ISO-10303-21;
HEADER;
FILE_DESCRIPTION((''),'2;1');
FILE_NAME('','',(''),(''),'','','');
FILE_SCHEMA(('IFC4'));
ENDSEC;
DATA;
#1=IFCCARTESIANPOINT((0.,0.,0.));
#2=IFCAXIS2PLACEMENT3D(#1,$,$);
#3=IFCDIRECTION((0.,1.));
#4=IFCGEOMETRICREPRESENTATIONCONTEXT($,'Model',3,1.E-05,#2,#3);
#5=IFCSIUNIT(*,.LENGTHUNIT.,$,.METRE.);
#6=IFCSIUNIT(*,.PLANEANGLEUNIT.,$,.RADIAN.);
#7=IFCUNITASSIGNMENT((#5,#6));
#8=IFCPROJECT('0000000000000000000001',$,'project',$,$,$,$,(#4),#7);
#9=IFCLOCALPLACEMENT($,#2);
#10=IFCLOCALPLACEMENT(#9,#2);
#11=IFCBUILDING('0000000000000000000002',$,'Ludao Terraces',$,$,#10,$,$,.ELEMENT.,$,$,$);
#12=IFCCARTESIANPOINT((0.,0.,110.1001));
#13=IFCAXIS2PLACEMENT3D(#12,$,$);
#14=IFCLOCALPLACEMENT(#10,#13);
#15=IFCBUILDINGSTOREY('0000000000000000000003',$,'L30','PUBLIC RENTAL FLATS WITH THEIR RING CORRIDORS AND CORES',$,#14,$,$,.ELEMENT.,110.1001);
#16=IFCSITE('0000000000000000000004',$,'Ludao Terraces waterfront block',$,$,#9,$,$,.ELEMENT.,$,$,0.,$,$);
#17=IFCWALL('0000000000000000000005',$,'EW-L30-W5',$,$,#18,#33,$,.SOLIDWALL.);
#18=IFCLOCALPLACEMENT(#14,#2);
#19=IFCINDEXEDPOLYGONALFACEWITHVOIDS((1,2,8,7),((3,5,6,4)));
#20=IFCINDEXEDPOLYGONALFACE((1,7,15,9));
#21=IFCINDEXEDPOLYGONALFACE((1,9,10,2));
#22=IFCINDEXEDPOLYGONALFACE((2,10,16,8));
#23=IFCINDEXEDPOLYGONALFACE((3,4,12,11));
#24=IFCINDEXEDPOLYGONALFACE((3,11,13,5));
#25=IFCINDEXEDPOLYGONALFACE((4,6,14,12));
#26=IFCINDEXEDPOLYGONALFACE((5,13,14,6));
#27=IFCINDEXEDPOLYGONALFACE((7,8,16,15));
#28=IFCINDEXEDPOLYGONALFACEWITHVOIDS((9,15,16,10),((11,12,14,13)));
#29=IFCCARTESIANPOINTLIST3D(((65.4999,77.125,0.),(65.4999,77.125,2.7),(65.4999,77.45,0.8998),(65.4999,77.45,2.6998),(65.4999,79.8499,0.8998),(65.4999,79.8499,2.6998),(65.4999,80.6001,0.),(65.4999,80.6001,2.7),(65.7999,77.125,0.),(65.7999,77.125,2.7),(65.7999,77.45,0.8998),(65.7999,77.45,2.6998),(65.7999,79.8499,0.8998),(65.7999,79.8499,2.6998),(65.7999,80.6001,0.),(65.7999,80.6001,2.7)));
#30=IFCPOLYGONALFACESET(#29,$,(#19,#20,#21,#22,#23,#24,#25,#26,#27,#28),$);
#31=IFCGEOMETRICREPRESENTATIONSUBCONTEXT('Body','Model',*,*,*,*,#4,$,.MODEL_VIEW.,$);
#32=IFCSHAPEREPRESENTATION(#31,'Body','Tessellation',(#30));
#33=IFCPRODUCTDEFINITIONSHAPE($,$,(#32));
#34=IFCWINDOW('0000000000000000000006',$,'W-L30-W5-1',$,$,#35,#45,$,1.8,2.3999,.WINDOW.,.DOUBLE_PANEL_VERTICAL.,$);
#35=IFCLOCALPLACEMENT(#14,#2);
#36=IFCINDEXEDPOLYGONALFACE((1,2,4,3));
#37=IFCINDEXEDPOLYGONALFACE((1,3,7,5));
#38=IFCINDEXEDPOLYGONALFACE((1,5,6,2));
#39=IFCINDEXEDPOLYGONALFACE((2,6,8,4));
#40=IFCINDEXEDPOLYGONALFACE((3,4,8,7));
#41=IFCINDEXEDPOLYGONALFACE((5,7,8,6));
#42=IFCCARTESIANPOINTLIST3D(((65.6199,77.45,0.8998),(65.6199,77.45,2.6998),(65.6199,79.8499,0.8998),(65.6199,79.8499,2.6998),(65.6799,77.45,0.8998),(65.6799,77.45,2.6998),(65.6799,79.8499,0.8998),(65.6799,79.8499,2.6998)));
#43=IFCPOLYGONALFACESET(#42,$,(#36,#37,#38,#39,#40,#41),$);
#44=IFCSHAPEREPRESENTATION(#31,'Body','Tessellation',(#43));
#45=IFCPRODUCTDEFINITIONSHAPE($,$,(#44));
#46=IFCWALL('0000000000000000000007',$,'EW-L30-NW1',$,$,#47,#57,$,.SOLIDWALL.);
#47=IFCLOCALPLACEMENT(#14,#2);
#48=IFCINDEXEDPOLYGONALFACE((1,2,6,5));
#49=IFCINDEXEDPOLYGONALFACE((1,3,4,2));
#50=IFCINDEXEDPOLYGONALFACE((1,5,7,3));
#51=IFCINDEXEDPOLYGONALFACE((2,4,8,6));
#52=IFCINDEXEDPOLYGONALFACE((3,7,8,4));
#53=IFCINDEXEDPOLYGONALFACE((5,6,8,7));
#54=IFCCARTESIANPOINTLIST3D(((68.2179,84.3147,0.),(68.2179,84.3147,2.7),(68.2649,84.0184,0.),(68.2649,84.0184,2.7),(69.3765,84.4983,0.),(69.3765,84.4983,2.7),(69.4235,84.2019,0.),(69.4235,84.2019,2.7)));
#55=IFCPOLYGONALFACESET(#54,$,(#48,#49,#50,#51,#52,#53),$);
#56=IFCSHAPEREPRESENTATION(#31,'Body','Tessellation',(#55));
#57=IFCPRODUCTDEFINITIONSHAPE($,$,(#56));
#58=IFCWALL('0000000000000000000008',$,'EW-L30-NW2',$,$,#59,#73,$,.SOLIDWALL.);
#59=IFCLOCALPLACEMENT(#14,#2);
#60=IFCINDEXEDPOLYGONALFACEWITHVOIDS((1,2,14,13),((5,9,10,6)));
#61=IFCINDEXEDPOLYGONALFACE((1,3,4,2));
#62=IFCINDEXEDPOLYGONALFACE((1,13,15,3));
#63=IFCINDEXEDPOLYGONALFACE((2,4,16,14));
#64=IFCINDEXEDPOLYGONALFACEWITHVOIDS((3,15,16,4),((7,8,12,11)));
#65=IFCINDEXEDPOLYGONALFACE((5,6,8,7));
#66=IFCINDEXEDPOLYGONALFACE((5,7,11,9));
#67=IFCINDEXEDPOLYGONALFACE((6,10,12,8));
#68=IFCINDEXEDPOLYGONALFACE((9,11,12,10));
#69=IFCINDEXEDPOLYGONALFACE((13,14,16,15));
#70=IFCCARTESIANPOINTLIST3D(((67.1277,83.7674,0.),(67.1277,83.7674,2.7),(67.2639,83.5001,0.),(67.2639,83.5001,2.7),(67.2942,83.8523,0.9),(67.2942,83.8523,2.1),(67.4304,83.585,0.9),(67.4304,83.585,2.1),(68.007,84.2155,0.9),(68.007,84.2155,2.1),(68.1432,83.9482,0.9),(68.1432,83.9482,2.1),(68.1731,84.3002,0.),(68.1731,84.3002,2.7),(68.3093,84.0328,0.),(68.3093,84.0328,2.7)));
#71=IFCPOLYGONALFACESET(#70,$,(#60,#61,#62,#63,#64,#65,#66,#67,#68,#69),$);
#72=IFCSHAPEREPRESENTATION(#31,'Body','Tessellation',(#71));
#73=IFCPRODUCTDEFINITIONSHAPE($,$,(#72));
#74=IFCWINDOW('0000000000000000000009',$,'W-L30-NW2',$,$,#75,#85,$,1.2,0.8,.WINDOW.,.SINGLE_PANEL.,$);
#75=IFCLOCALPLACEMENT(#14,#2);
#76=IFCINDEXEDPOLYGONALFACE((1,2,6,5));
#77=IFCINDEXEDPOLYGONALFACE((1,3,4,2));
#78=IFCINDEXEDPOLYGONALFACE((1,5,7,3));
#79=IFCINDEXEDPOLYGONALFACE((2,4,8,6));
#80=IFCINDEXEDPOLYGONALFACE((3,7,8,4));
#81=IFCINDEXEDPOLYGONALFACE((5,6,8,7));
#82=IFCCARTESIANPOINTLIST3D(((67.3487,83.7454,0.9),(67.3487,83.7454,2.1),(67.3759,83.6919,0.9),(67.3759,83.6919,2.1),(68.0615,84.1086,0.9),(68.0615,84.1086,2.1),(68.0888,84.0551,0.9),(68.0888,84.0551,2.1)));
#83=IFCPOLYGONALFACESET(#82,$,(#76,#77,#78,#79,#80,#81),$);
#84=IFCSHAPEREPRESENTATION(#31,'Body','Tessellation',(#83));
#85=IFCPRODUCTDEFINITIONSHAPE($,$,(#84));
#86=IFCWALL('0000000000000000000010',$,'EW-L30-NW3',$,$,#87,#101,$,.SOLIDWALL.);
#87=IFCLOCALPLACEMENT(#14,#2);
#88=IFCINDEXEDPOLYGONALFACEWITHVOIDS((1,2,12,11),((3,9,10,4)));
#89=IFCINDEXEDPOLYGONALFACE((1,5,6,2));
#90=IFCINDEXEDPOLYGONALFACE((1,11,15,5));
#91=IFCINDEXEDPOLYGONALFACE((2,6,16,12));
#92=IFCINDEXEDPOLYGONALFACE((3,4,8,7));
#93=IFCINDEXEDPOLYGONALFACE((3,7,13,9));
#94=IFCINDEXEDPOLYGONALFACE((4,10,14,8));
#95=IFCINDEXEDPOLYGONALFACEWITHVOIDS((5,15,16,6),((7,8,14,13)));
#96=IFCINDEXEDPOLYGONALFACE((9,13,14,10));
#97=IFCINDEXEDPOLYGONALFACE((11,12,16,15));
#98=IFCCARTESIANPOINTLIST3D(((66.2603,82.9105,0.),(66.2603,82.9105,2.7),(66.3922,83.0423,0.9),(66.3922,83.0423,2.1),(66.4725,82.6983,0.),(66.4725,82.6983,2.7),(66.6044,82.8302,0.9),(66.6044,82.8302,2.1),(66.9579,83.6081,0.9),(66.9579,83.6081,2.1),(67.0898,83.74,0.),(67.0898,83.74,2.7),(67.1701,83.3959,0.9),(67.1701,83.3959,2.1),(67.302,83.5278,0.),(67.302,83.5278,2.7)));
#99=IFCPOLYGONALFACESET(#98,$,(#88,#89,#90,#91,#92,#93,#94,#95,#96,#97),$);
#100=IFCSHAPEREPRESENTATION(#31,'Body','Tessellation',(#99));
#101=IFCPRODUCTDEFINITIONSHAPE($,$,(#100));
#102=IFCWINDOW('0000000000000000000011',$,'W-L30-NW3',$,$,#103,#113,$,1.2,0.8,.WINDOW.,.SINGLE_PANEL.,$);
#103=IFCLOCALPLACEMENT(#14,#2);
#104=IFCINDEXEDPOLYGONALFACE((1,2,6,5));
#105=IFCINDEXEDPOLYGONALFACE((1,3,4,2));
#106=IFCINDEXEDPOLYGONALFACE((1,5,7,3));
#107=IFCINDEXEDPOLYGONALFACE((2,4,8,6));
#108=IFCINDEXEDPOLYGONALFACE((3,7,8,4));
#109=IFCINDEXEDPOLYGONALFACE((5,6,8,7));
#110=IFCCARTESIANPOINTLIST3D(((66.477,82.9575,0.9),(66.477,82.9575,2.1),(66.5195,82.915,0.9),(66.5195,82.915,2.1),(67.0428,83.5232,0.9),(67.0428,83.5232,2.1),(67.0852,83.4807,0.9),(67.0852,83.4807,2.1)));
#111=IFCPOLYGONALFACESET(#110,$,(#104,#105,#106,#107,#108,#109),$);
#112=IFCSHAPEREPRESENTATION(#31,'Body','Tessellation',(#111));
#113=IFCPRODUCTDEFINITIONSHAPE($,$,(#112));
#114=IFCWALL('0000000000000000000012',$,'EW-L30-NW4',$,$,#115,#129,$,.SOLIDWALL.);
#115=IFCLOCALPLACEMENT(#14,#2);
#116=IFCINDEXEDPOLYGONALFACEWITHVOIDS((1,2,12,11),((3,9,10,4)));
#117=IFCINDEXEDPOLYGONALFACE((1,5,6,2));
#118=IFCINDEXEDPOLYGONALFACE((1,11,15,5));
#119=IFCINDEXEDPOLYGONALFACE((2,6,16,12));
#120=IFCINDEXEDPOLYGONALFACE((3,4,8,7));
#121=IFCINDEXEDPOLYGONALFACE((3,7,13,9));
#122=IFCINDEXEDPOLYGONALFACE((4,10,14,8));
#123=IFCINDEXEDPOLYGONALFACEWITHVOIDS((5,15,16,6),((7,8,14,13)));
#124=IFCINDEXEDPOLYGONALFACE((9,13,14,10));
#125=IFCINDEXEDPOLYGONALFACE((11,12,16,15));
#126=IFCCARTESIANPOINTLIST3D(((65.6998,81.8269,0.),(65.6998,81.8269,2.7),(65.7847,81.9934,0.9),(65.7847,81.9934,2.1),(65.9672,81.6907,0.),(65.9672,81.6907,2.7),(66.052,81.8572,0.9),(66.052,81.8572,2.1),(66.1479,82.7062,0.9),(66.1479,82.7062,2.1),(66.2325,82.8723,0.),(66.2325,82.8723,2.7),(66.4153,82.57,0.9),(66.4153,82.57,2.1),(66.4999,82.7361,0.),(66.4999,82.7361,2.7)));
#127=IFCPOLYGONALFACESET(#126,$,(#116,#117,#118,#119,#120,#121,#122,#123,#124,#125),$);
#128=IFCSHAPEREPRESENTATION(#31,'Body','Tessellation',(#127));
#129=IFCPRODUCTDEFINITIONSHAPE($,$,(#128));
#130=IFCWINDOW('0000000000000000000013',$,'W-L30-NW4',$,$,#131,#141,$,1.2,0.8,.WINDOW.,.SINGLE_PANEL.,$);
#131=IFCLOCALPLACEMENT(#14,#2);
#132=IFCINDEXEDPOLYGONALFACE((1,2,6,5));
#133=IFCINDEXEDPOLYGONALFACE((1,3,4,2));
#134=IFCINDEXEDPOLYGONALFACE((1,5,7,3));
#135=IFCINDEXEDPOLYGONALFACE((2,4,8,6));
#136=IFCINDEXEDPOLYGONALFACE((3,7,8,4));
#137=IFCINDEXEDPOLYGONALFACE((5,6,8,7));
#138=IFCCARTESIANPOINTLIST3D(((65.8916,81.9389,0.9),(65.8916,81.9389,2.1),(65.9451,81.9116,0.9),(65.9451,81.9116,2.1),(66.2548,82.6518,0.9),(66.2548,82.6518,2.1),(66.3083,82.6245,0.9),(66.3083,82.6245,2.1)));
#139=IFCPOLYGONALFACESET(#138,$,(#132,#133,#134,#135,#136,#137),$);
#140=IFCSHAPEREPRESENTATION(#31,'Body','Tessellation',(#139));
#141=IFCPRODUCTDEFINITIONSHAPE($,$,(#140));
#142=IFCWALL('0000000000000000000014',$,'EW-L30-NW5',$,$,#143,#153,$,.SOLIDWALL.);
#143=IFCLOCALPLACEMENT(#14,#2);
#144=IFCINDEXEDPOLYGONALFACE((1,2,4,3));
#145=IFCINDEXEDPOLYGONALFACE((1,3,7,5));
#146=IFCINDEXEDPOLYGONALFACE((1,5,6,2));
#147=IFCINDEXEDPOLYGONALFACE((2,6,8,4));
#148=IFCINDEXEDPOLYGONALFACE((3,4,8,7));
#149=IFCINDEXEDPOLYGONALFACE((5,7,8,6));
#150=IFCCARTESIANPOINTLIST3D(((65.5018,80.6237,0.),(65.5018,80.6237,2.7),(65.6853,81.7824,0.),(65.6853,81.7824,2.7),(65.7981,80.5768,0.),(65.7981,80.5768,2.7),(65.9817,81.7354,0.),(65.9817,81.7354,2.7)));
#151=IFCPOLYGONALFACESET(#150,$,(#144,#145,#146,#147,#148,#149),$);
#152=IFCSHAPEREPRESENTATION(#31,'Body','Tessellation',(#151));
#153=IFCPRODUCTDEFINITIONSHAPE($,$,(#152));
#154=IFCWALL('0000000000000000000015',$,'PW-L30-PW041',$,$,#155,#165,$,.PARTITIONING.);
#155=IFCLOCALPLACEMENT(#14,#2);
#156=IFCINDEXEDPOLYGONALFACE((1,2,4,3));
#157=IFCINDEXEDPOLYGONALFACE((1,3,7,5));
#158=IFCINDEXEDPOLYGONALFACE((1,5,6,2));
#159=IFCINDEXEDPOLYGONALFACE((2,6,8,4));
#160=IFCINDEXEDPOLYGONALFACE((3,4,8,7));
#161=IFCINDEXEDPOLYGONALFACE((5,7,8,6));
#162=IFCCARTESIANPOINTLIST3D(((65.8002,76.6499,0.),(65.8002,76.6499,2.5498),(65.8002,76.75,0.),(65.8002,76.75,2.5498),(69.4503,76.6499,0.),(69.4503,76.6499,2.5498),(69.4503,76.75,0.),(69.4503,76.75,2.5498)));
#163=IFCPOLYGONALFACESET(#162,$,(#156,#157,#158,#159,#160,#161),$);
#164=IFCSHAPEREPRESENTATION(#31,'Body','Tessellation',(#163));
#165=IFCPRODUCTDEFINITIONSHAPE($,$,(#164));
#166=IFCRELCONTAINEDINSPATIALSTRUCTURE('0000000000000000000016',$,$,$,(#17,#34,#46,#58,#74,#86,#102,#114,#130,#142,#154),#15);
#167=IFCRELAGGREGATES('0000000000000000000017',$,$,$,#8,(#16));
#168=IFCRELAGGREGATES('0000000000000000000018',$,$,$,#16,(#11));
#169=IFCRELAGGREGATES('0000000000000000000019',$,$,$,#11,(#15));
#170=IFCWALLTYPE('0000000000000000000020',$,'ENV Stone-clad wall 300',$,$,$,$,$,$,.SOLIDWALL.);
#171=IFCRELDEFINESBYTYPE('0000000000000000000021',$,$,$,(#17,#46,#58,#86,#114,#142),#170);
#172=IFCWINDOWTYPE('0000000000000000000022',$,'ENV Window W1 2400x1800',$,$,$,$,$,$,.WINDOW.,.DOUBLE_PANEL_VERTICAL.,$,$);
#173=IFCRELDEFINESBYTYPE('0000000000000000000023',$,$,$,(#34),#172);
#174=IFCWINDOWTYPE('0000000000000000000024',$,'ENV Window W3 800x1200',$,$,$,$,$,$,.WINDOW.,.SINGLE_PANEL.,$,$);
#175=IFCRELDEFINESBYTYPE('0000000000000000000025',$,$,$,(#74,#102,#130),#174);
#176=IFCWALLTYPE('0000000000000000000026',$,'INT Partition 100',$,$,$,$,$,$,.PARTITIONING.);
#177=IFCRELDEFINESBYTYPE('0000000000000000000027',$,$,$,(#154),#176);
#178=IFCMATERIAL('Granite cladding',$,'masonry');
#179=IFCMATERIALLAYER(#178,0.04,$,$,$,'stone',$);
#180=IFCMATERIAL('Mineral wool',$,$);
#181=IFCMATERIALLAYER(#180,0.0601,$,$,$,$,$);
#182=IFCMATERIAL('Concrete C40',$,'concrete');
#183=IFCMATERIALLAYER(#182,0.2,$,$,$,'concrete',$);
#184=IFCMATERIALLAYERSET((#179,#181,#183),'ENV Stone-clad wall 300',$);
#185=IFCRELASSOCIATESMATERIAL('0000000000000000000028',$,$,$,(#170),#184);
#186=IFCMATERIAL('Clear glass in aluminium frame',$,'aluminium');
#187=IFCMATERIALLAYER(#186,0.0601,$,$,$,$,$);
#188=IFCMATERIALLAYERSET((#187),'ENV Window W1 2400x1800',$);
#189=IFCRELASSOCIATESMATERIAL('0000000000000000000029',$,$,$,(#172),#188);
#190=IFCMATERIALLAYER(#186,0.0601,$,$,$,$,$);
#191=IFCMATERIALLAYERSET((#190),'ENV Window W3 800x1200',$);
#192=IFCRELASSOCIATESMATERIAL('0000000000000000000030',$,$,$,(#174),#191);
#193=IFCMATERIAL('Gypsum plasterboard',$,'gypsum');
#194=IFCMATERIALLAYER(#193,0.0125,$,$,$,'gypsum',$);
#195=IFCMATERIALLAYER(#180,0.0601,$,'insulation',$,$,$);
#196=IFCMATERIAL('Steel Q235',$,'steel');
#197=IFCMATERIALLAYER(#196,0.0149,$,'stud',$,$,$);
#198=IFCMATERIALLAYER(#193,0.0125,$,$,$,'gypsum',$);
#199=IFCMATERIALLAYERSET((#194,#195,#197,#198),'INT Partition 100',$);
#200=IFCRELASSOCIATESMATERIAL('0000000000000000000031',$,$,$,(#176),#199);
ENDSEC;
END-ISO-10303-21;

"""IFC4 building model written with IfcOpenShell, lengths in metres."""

from ifc_helpers import new_model, si_unit, direction, frame, frame_2d, origin, place, context, subcontext, project, spatial, rectangle, extrude, material, layer, layer_set, type_object, element, fill, save


model = new_model("IFC4")

# Units and contexts
model_context = context("Model", 3, precision=1e-05, world=origin(), true_north=direction((0.0, 1.0)))
body_context = subcontext(model_context, "Body", "Model", "MODEL_VIEW")
ifc_project = project(units=[si_unit("LENGTHUNIT", "METRE"), si_unit("PLANEANGLEUNIT", "RADIAN")], contexts=[model_context])

# Site, building, storey
site_placement = place(None, origin())
site = spatial("IfcSite", under=ifc_project, at=site_placement, Name="Ludao Terraces waterfront block", CompositionType="ELEMENT", RefElevation=0.0)
building_placement = place(site_placement, origin())
building = spatial("IfcBuilding", under=site, at=building_placement, Name="Ludao Terraces", CompositionType="ELEMENT")
storey_placement = place(building_placement, frame((0.0, 0.0, 110.1001)))
storey = spatial("IfcBuildingStorey", under=building, at=storey_placement, Name="L30", Description="PUBLIC RENTAL FLATS WITH THEIR RING CORRIDORS AND CORES", CompositionType="ELEMENT", Elevation=110.1001)

# Shared definitions
ifc_material_1 = material(Name="Concrete C40", Category="concrete")

# Shared definitions
ifc_material_2 = material(Name="Steel Q235", Category="steel")

# Shared definitions
ifc_material_3 = material(Name="Granite cladding", Category="masonry")
ifc_layer_1 = layer(ifc_material_3, 0.04, Category="stone")
ifc_material_4 = material(Name="Mineral wool")
ifc_layer_2 = layer(ifc_material_4, 0.0601)
ifc_layer_3 = layer(ifc_material_1, 0.2, Category="concrete")
ifc_layer_set_1 = layer_set([ifc_layer_1, ifc_layer_2, ifc_layer_3], Name="ENV Stone-clad wall 300")
wall_type_1 = type_object("IfcWallType", Name="ENV Stone-clad wall 300", PredefinedType="SOLIDWALL", material=ifc_layer_set_1)
ifc_material_5 = material(Name="Clear glass in aluminium frame", Category="aluminium")
ifc_layer_4 = layer(ifc_material_5, 0.0601)
ifc_layer_set_2 = layer_set([ifc_layer_4], Name="ENV Window W1 2400x1800")
window_type_1 = type_object("IfcWindowType", Name="ENV Window W1 2400x1800", PartitioningType="DOUBLE_PANEL_VERTICAL", PredefinedType="WINDOW", material=ifc_layer_set_2)

# Wall, opening, window
wall_1_placement = place(storey_placement, frame((65.6499, 77.125, 0.0), z_axis=(0.0, 0.0, 1.0), x_axis=(0.0, 1.0, 0.0)))
wall_1 = element("IfcWall", 1, at=wall_1_placement, inside=storey, type_object=wall_type_1, Name="EW-L30-W5", PredefinedType="SOLIDWALL", context=body_context, shape_type="SweptSolid", body=[
    extrude(rectangle(XDim=3.4751, YDim=0.3, at=frame_2d((1.7375, 0.0))), origin(), (0.0, 0.0, 1.0), 2.7),
])
opening_1_placement = place(wall_1_placement, frame((0.325, 0.0, 0.8999)))
opening_1 = element("IfcOpeningElement", 2, at=opening_1_placement, cuts=wall_1, PredefinedType="OPENING", context=body_context, shape_type="SweptSolid", body=[
    extrude(rectangle(XDim=2.3999, YDim=1.8, at=frame_2d((1.2, 0.8999))), frame((0.0, 0.1602, 0.0), z_axis=(0.0, -1.0, 0.0), x_axis=(1.0, 0.0, 0.0)), (0.0, 0.0, 1.0), 0.3201),
])
window_1_placement = place(opening_1_placement, origin())
window_1 = element("IfcWindow", 3, at=window_1_placement, inside=storey, type_object=window_type_1, Name="W-L30-W5-1", OverallHeight=1.8, OverallWidth=2.3999, PartitioningType="DOUBLE_PANEL_VERTICAL", PredefinedType="WINDOW", context=body_context, shape_type="SweptSolid", body=[
    extrude(rectangle(XDim=2.3999, YDim=1.8, at=frame_2d((1.2, 0.8999))), frame((0.0, 0.03, 0.0), z_axis=(0.0, -1.0, 0.0), x_axis=(1.0, 0.0, 0.0)), (0.0, 0.0, 1.0), 0.0601),
])
fill(opening_1, window_1)

# Wall
wall_2_placement = place(storey_placement, frame((69.3999, 84.3501, 0.0), z_axis=(0.0, 0.0, 1.0), x_axis=(-0.987678, -0.156497, 0.0)))
element("IfcWall", 4, at=wall_2_placement, inside=storey, type_object=wall_type_1, Name="EW-L30-NW1", PredefinedType="SOLIDWALL", context=body_context, shape_type="SweptSolid", body=[
    extrude(rectangle(XDim=1.1731, YDim=0.3, at=frame_2d((0.5864, 0.0))), origin(), (0.0, 0.0, 1.0), 2.7),
])

# Walls, openings, windows
wall_3_placement = place(storey_placement, frame((68.2412, 84.1665, 0.0), z_axis=(0.0, 0.0, 1.0), x_axis=(-0.890989, -0.454026, 0.0)))
wall_3 = element("IfcWall", 5, at=wall_3_placement, inside=storey, type_object=wall_type_1, Name="EW-L30-NW2", PredefinedType="SOLIDWALL", context=body_context, shape_type="SweptSolid", body=[
    extrude(rectangle(XDim=1.1733, YDim=0.3, at=frame_2d((0.5867, 0.0))), origin(), (0.0, 0.0, 1.0), 2.7),
])
opening_2_placement = place(wall_3_placement, frame((0.1865, 0.0, 0.8999)))
opening_2 = element("IfcOpeningElement", 6, at=opening_2_placement, cuts=wall_3, PredefinedType="OPENING", context=body_context, shape_type="SweptSolid", body=[
    extrude(rectangle(XDim=0.8, YDim=1.2, at=frame_2d((0.3999, 0.6001))), frame((0.0, 0.1602, 0.0), z_axis=(0.0, -1.0, 0.0), x_axis=(1.0, 0.0, 0.0)), (0.0, 0.0, 1.0), 0.3201),
])
ifc_layer_5 = layer(ifc_material_5, 0.0601)
ifc_layer_set_3 = layer_set([ifc_layer_5], Name="ENV Window W3 800x1200")
window_type_2 = type_object("IfcWindowType", Name="ENV Window W3 800x1200", PartitioningType="SINGLE_PANEL", PredefinedType="WINDOW", material=ifc_layer_set_3)
window_2_placement = place(opening_2_placement, origin())
window_2 = element("IfcWindow", 7, at=window_2_placement, inside=storey, type_object=window_type_2, Name="W-L30-NW2", OverallHeight=1.2, OverallWidth=0.8, PartitioningType="SINGLE_PANEL", PredefinedType="WINDOW", context=body_context, shape_type="SweptSolid", body=[
    extrude(rectangle(XDim=0.8, YDim=1.2, at=frame_2d((0.3999, 0.6001))), frame((0.0, 0.03, 0.0), z_axis=(0.0, -1.0, 0.0), x_axis=(1.0, 0.0, 0.0)), (0.0, 0.0, 1.0), 0.0601),
])
fill(opening_2, window_2)
wall_4_placement = place(storey_placement, frame((67.1958, 83.6338, 0.0), z_axis=(0.0, 0.0, 1.0), x_axis=(-0.707107, -0.707107, 0.0)))
wall_4 = element("IfcWall", 8, at=wall_4_placement, inside=storey, type_object=wall_type_1, Name="EW-L30-NW3", PredefinedType="SOLIDWALL", context=body_context, shape_type="SweptSolid", body=[
    extrude(rectangle(XDim=1.1731, YDim=0.3, at=frame_2d((0.5864, 0.0))), origin(), (0.0, 0.0, 1.0), 2.7),
])
opening_3_placement = place(wall_4_placement, frame((0.1865, 0.0, 0.8999)))
opening_3 = element("IfcOpeningElement", 9, at=opening_3_placement, cuts=wall_4, PredefinedType="OPENING", context=body_context, shape_type="SweptSolid", body=[
    extrude(rectangle(XDim=0.8, YDim=1.2, at=frame_2d((0.3999, 0.6001))), frame((0.0, 0.1602, 0.0), z_axis=(0.0, -1.0, 0.0), x_axis=(1.0, 0.0, 0.0)), (0.0, 0.0, 1.0), 0.3201),
])
window_3_placement = place(opening_3_placement, origin())
window_3 = element("IfcWindow", 10, at=window_3_placement, inside=storey, type_object=window_type_2, Name="W-L30-NW3", OverallHeight=1.2, OverallWidth=0.8, PartitioningType="SINGLE_PANEL", PredefinedType="WINDOW", context=body_context, shape_type="SweptSolid", body=[
    extrude(rectangle(XDim=0.8, YDim=1.2, at=frame_2d((0.3999, 0.6001))), frame((0.0, 0.03, 0.0), z_axis=(0.0, -1.0, 0.0), x_axis=(1.0, 0.0, 0.0)), (0.0, 0.0, 1.0), 0.0601),
])
fill(opening_3, window_3)
wall_5_placement = place(storey_placement, frame((66.3662, 82.8042, 0.0), z_axis=(0.0, 0.0, 1.0), x_axis=(-0.454026, -0.890989, 0.0)))
wall_5 = element("IfcWall", 11, at=wall_5_placement, inside=storey, type_object=wall_type_1, Name="EW-L30-NW4", PredefinedType="SOLIDWALL", context=body_context, shape_type="SweptSolid", body=[
    extrude(rectangle(XDim=1.1733, YDim=0.3, at=frame_2d((0.5867, 0.0))), origin(), (0.0, 0.0, 1.0), 2.7),
])
opening_4_placement = place(wall_5_placement, frame((0.1865, 0.0, 0.8999)))
opening_4 = element("IfcOpeningElement", 12, at=opening_4_placement, cuts=wall_5, PredefinedType="OPENING", context=body_context, shape_type="SweptSolid", body=[
    extrude(rectangle(XDim=0.8, YDim=1.2, at=frame_2d((0.3999, 0.6001))), frame((0.0, 0.1602, 0.0), z_axis=(0.0, -1.0, 0.0), x_axis=(1.0, 0.0, 0.0)), (0.0, 0.0, 1.0), 0.3201),
])
window_4_placement = place(opening_4_placement, origin())
window_4 = element("IfcWindow", 13, at=window_4_placement, inside=storey, type_object=window_type_2, Name="W-L30-NW4", OverallHeight=1.2, OverallWidth=0.8, PartitioningType="SINGLE_PANEL", PredefinedType="WINDOW", context=body_context, shape_type="SweptSolid", body=[
    extrude(rectangle(XDim=0.8, YDim=1.2, at=frame_2d((0.3999, 0.6001))), frame((0.0, 0.03, 0.0), z_axis=(0.0, -1.0, 0.0), x_axis=(1.0, 0.0, 0.0)), (0.0, 0.0, 1.0), 0.0601),
])
fill(opening_4, window_4)

# Walls
wall_6_placement = place(storey_placement, frame((65.8335, 81.7588, 0.0), z_axis=(0.0, 0.0, 1.0), x_axis=(-0.156497, -0.987678, 0.0)))
element("IfcWall", 14, at=wall_6_placement, inside=storey, type_object=wall_type_1, Name="EW-L30-NW5", PredefinedType="SOLIDWALL", context=body_context, shape_type="SweptSolid", body=[
    extrude(rectangle(XDim=1.1731, YDim=0.3, at=frame_2d((0.5864, 0.0))), origin(), (0.0, 0.0, 1.0), 2.7),
])
ifc_material_6 = material(Name="Gypsum plasterboard", Category="gypsum")
ifc_layer_6 = layer(ifc_material_6, 0.0125, Category="gypsum")
ifc_layer_7 = layer(ifc_material_4, 0.0601, Name="insulation")
ifc_layer_8 = layer(ifc_material_2, 0.0149, Name="stud")
ifc_layer_9 = layer(ifc_material_6, 0.0125, Category="gypsum")
ifc_layer_set_4 = layer_set([ifc_layer_6, ifc_layer_7, ifc_layer_8, ifc_layer_9], Name="INT Partition 100")
wall_type_2 = type_object("IfcWallType", Name="INT Partition 100", PredefinedType="PARTITIONING", material=ifc_layer_set_4)
wall_7_placement = place(storey_placement, frame((65.8, 76.7, 0.0), z_axis=(0.0, 0.0, 1.0), x_axis=(1.0, 0.0, 0.0)))
element("IfcWall", 15, at=wall_7_placement, inside=storey, type_object=wall_type_2, Name="PW-L30-PW041", PredefinedType="PARTITIONING", context=body_context, shape_type="SweptSolid", body=[
    extrude(rectangle(XDim=3.6501, YDim=0.1001, at=frame_2d((1.8252, 0.0))), origin(), (0.0, 0.0, 1.0), 2.5498),
])

save(model, "model.ifc")
